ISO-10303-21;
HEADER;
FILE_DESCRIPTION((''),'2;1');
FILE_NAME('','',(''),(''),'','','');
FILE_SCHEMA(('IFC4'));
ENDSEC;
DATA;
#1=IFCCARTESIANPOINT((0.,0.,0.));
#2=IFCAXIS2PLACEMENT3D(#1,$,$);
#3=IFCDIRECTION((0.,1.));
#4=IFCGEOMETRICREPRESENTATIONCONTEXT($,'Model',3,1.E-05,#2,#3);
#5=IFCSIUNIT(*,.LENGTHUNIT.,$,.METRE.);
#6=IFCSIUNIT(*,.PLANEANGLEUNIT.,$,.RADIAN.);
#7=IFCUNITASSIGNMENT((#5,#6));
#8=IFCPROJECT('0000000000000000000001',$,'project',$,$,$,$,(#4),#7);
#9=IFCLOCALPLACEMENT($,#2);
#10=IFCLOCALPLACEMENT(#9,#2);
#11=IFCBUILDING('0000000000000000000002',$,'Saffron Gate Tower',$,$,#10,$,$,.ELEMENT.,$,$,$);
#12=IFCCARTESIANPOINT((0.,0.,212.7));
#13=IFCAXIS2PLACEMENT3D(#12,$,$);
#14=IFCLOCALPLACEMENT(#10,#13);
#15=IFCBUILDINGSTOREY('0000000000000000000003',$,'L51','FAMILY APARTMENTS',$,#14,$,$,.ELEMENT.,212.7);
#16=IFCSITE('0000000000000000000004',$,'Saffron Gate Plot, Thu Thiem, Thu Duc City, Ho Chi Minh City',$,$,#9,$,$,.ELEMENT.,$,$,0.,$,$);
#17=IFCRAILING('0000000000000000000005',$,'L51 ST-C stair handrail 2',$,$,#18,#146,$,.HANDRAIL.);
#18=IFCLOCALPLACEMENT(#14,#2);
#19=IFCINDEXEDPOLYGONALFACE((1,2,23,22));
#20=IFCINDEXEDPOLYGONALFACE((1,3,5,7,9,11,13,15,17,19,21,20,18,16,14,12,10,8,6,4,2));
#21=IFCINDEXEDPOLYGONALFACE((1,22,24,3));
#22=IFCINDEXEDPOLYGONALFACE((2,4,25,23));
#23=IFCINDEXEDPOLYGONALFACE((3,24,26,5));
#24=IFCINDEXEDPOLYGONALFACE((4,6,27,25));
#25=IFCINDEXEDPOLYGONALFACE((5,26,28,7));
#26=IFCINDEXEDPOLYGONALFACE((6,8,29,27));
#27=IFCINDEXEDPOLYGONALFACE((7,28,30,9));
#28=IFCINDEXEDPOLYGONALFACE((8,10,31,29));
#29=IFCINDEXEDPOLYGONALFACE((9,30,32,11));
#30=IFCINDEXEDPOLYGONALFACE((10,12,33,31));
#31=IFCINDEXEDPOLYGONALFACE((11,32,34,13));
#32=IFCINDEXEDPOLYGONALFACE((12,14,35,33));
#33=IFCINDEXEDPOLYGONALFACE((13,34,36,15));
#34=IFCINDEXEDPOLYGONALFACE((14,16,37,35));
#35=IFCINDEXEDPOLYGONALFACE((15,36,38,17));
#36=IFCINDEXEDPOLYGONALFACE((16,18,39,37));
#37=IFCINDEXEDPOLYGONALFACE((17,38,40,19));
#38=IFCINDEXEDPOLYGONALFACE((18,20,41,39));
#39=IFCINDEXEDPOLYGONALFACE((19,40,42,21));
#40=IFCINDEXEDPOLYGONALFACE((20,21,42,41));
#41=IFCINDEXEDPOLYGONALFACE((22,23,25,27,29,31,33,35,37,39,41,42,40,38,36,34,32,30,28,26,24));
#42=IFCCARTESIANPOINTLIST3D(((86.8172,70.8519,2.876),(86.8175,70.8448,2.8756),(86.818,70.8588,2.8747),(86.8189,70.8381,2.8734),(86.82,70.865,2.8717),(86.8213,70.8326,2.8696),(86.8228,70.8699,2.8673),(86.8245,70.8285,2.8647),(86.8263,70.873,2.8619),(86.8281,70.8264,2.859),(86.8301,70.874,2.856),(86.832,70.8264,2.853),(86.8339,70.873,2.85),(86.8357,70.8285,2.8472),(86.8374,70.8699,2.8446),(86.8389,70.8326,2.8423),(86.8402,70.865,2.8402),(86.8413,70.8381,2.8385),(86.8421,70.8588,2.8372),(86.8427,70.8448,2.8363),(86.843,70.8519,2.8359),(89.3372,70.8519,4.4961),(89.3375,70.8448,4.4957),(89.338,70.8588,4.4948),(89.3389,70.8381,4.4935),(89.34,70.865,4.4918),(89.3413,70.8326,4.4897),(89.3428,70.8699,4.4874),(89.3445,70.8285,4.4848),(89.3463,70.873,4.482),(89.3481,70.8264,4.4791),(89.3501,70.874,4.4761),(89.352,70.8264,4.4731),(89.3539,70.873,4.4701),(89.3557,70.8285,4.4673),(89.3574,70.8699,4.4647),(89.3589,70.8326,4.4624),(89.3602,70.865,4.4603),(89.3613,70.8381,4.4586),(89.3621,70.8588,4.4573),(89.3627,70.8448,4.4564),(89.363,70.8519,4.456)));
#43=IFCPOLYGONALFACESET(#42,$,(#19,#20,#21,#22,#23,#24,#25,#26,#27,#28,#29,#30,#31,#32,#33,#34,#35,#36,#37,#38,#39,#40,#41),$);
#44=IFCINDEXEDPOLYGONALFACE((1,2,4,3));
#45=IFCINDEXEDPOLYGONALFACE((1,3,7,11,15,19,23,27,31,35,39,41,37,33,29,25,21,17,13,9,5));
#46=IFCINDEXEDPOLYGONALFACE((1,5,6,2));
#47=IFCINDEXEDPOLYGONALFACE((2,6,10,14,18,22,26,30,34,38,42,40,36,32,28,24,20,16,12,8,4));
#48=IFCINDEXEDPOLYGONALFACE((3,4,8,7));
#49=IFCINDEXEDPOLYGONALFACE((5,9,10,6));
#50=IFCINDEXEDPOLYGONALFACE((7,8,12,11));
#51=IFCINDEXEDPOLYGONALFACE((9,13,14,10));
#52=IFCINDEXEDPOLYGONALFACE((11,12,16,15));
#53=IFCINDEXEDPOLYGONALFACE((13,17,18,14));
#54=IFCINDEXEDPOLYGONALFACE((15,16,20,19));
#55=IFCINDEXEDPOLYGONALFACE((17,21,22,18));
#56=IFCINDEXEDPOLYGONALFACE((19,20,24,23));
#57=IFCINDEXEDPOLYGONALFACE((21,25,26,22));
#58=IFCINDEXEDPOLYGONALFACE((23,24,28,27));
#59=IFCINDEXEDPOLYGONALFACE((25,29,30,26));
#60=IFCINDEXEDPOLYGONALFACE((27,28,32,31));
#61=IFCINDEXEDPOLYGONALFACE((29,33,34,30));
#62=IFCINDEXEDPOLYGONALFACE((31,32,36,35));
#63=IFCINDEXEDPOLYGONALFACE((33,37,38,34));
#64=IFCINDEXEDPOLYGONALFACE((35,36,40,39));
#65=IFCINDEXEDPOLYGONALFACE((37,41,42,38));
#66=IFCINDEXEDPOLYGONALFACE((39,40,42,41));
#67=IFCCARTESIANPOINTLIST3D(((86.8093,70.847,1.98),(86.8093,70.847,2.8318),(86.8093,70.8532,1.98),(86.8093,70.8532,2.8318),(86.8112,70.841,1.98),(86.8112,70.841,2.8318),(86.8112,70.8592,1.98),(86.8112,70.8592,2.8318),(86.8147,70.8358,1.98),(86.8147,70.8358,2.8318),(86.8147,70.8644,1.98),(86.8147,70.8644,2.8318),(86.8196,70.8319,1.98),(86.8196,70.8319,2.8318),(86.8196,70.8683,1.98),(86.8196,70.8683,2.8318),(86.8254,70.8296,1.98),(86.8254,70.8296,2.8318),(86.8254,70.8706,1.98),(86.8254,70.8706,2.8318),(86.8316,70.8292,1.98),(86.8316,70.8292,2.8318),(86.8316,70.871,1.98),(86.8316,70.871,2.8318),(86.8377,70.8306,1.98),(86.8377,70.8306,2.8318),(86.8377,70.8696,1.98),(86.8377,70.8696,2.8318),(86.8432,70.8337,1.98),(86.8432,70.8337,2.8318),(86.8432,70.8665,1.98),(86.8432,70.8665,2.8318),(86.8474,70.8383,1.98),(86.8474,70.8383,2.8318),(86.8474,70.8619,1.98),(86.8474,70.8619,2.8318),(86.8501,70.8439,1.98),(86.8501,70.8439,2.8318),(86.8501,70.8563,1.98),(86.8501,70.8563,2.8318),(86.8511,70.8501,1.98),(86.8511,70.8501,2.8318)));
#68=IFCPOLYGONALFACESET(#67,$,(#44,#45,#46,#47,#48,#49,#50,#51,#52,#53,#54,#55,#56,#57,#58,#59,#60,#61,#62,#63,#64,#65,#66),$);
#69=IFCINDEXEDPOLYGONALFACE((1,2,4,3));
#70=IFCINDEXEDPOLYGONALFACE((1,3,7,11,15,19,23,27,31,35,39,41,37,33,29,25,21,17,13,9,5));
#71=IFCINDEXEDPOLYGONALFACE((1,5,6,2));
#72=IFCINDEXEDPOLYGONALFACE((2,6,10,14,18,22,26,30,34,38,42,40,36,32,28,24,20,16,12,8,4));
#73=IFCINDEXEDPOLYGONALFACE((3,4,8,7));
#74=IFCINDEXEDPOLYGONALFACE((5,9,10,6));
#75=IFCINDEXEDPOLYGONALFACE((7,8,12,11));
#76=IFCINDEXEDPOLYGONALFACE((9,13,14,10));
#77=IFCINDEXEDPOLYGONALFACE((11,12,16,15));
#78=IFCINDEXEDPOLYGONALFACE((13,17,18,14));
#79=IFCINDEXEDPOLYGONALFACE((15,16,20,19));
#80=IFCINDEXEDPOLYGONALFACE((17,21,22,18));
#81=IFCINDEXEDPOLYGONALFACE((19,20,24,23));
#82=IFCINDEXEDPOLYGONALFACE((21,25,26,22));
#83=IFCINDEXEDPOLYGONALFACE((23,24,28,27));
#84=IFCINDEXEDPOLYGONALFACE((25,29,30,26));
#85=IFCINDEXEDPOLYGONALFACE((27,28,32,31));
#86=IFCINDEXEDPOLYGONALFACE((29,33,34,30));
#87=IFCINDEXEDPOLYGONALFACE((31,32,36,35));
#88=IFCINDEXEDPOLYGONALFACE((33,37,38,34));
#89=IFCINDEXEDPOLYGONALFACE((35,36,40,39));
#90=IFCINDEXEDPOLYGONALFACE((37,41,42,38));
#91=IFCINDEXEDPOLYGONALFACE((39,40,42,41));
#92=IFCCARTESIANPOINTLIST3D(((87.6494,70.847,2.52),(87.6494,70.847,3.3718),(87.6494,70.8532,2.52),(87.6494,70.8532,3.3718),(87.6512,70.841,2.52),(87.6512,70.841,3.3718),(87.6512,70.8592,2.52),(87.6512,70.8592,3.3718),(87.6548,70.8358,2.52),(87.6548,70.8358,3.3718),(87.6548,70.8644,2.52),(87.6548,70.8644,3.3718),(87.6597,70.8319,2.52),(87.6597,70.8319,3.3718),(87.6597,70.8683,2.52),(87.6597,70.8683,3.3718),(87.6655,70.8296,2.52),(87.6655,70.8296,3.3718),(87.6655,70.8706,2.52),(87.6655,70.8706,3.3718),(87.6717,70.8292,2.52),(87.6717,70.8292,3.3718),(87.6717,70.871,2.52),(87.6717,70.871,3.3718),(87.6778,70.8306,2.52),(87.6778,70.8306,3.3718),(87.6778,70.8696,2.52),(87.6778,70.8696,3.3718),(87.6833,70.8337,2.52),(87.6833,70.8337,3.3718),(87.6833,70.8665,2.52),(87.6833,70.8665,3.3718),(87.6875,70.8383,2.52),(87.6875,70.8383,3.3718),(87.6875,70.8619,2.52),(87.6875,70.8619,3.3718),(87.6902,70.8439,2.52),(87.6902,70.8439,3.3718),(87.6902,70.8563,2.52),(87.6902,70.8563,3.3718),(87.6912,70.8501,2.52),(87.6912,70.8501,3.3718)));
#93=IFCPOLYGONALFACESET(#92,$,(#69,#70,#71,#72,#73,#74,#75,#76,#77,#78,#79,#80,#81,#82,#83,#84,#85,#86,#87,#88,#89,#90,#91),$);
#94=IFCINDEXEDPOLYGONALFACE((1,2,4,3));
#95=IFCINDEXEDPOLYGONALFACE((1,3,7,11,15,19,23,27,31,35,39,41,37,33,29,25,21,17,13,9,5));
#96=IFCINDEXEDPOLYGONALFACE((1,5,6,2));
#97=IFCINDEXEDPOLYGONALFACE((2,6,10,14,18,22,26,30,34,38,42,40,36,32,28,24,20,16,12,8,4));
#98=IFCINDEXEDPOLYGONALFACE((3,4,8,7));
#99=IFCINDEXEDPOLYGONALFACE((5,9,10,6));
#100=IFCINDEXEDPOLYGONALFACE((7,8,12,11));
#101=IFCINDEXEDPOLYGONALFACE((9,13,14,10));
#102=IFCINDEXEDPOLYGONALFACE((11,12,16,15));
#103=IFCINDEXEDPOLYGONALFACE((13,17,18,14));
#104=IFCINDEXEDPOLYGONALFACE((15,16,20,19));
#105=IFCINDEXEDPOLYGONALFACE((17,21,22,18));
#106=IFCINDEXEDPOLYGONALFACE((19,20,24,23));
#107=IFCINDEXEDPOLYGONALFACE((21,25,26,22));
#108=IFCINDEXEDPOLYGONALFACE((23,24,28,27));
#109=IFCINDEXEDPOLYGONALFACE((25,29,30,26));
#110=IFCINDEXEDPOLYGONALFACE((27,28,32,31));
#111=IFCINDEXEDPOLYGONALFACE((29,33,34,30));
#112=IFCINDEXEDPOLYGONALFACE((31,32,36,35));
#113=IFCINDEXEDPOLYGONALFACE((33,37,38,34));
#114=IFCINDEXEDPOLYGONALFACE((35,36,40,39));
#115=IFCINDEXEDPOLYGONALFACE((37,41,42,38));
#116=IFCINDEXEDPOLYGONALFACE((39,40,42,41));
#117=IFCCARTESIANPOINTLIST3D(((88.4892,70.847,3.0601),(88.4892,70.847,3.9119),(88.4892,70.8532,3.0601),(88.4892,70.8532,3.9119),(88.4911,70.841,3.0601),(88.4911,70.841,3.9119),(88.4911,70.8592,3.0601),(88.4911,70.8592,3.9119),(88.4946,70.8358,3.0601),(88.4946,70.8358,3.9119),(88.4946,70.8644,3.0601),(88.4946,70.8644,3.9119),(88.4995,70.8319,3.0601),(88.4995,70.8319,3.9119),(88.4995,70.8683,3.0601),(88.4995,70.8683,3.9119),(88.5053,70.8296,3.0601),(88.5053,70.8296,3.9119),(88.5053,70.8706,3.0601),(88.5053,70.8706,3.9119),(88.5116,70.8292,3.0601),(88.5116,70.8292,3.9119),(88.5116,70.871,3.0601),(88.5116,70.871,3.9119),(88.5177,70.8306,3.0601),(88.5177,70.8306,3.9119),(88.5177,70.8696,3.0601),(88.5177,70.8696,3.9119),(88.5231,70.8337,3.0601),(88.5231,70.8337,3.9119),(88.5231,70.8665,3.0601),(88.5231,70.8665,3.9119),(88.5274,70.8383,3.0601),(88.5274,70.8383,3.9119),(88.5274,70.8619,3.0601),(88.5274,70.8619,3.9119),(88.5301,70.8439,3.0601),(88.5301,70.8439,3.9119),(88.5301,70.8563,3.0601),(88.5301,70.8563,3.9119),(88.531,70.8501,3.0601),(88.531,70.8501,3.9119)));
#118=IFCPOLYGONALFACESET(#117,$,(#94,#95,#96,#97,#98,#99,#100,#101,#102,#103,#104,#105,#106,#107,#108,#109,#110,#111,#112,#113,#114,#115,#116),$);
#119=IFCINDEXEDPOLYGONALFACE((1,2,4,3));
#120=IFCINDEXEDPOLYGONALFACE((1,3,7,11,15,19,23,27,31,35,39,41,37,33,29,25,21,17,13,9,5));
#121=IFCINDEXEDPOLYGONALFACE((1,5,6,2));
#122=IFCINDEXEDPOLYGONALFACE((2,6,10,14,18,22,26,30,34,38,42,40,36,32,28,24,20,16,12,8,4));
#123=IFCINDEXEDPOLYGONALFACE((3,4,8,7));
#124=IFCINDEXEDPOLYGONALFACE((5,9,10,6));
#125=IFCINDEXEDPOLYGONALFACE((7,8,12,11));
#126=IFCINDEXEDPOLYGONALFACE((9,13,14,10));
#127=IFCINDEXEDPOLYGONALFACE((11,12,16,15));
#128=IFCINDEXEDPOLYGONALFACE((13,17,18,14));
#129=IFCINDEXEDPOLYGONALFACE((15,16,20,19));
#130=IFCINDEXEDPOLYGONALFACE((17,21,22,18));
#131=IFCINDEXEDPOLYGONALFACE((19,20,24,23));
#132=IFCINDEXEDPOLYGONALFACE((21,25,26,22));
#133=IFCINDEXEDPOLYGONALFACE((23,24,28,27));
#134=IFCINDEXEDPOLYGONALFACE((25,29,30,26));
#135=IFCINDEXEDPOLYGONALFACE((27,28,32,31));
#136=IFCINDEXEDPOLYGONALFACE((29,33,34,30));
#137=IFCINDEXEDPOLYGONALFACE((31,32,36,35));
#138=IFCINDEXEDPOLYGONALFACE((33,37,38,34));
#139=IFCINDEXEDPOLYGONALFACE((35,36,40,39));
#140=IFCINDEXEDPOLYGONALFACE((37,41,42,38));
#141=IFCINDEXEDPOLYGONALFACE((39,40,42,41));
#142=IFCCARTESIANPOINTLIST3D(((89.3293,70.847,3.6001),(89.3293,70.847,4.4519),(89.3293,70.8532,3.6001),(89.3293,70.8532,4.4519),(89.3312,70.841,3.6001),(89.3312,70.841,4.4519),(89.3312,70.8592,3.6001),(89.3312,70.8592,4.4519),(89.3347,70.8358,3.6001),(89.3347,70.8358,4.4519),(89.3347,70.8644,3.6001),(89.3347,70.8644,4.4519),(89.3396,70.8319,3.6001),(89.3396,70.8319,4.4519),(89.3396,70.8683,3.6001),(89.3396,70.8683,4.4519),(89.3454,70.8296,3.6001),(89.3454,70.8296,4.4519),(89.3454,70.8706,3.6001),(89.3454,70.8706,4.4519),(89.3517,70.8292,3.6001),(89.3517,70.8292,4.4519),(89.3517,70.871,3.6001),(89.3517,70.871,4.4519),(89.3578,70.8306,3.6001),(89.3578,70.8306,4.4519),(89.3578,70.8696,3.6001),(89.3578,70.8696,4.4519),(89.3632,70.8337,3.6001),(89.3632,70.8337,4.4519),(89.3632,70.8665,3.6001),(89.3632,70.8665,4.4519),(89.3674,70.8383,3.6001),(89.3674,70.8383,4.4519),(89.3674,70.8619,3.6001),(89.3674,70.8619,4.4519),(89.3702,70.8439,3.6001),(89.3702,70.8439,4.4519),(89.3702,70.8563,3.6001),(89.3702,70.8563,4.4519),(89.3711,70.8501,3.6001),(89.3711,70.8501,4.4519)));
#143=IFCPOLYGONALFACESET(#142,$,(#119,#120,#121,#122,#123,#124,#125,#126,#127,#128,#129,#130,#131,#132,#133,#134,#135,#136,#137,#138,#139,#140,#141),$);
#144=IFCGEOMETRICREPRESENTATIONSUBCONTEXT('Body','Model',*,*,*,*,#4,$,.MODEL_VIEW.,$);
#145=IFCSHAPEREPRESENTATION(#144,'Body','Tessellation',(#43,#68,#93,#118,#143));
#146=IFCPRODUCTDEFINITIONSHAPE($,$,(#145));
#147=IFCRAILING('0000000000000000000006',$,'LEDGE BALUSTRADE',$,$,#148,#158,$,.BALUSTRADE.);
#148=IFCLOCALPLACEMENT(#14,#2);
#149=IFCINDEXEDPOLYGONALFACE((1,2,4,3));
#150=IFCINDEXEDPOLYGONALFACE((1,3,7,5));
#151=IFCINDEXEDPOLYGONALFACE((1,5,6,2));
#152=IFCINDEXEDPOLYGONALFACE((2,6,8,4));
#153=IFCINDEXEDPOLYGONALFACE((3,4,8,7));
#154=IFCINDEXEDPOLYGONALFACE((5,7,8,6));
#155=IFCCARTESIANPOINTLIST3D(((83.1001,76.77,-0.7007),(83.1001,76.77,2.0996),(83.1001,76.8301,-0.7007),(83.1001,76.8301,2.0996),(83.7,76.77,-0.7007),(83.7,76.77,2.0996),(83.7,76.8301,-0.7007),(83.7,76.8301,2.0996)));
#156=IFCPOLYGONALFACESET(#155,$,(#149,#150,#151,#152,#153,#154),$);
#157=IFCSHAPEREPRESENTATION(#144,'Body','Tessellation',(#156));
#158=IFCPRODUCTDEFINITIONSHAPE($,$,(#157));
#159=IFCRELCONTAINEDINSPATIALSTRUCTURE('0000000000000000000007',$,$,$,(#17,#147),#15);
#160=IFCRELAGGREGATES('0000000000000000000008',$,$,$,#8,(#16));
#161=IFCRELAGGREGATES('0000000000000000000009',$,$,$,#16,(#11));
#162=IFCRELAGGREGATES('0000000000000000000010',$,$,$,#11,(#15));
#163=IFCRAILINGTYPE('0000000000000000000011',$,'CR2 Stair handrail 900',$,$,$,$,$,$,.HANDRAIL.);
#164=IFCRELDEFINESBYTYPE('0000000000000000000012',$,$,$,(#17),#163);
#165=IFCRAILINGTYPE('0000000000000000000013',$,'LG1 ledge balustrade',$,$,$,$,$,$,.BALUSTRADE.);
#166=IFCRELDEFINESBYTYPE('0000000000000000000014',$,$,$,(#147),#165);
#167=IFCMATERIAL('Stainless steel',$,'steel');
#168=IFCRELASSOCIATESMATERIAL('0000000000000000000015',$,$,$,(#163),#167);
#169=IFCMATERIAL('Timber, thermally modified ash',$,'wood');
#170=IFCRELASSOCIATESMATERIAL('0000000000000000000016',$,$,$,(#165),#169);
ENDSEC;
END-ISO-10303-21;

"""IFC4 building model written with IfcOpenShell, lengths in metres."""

from ifc_helpers import new_model, si_unit, direction, frame, origin, origin_2d, place, context, subcontext, project, spatial, rectangle, circle, extrude, material, type_object, element, save


model = new_model("IFC4")

# Units and contexts
model_context = context("Model", 3, precision=1e-05, world=origin(), true_north=direction((0.0, 1.0)))
body_context = subcontext(model_context, "Body", "Model", "MODEL_VIEW")
ifc_project = project(units=[si_unit("LENGTHUNIT", "METRE"), si_unit("PLANEANGLEUNIT", "RADIAN")], contexts=[model_context])

# Site, building, storey
site_placement = place(None, origin())
site = spatial("IfcSite", under=ifc_project, at=site_placement, Name="Saffron Gate Plot, Thu Thiem, Thu Duc City, Ho Chi Minh City", CompositionType="ELEMENT", RefElevation=0.0)
building_placement = place(site_placement, origin())
building = spatial("IfcBuilding", under=site, at=building_placement, Name="Saffron Gate Tower", CompositionType="ELEMENT")
storey_placement = place(building_placement, frame((0.0, 0.0, 212.7)))
storey = spatial("IfcBuildingStorey", under=building, at=storey_placement, Name="L51", Description="FAMILY APARTMENTS", CompositionType="ELEMENT", Elevation=212.7)

# Railings
ifc_material_1 = material(Name="Stainless steel", Category="steel")
railing_type_1 = type_object("IfcRailingType", Name="CR2 Stair handrail 900", PredefinedType="HANDRAIL", material=ifc_material_1)
railing_1_placement = place(storey_placement, frame((86.8301, 70.8501, 1.98)))
element("IfcRailing", 1, at=railing_1_placement, inside=storey, type_object=railing_type_1, Name="L51 ST-C stair handrail 2", PredefinedType="HANDRAIL", context=body_context, shape_type="SweptSolid", body=[
    extrude(circle(Radius=0.0239, at=origin_2d()), frame((0.0, 0.0, 0.876), z_axis=(0.841163, 0.0, 0.540782), x_axis=(0.0, 1.0, 0.0)), (0.0, 0.0, 1.0), 2.9958),
    extrude(circle(Radius=0.021, at=origin_2d()), origin(), (0.0, 0.0, 1.0), 0.8518),
    extrude(circle(Radius=0.021, at=origin_2d()), frame((0.8401, 0.0, 0.54)), (0.0, 0.0, 1.0), 0.8518),
    extrude(circle(Radius=0.021, at=origin_2d()), frame((1.6799, 0.0, 1.0801)), (0.0, 0.0, 1.0), 0.8518),
    extrude(circle(Radius=0.021, at=origin_2d()), frame((2.52, 0.0, 1.6201)), (0.0, 0.0, 1.0), 0.8518),
])
ifc_material_2 = material(Name="Timber, thermally modified ash", Category="wood")
railing_type_2 = type_object("IfcRailingType", Name="LG1 ledge balustrade", PredefinedType="BALUSTRADE", material=ifc_material_2)
railing_2_placement = place(storey_placement, frame((83.7, 76.8, -0.7007)))
element("IfcRailing", 2, at=railing_2_placement, inside=storey, type_object=railing_type_2, Name="LEDGE BALUSTRADE", PredefinedType="BALUSTRADE", context=body_context, shape_type="SweptSolid", body=[
    extrude(rectangle(XDim=0.0601, YDim=2.8003, at=origin_2d()), frame((0.0, 0.0, 1.4001), z_axis=(-1.0, 0.0, 0.0), x_axis=(0.0, -1.0, 0.0)), (0.0, 0.0, 1.0), 0.5999),
])

save(model, "model.ifc")
